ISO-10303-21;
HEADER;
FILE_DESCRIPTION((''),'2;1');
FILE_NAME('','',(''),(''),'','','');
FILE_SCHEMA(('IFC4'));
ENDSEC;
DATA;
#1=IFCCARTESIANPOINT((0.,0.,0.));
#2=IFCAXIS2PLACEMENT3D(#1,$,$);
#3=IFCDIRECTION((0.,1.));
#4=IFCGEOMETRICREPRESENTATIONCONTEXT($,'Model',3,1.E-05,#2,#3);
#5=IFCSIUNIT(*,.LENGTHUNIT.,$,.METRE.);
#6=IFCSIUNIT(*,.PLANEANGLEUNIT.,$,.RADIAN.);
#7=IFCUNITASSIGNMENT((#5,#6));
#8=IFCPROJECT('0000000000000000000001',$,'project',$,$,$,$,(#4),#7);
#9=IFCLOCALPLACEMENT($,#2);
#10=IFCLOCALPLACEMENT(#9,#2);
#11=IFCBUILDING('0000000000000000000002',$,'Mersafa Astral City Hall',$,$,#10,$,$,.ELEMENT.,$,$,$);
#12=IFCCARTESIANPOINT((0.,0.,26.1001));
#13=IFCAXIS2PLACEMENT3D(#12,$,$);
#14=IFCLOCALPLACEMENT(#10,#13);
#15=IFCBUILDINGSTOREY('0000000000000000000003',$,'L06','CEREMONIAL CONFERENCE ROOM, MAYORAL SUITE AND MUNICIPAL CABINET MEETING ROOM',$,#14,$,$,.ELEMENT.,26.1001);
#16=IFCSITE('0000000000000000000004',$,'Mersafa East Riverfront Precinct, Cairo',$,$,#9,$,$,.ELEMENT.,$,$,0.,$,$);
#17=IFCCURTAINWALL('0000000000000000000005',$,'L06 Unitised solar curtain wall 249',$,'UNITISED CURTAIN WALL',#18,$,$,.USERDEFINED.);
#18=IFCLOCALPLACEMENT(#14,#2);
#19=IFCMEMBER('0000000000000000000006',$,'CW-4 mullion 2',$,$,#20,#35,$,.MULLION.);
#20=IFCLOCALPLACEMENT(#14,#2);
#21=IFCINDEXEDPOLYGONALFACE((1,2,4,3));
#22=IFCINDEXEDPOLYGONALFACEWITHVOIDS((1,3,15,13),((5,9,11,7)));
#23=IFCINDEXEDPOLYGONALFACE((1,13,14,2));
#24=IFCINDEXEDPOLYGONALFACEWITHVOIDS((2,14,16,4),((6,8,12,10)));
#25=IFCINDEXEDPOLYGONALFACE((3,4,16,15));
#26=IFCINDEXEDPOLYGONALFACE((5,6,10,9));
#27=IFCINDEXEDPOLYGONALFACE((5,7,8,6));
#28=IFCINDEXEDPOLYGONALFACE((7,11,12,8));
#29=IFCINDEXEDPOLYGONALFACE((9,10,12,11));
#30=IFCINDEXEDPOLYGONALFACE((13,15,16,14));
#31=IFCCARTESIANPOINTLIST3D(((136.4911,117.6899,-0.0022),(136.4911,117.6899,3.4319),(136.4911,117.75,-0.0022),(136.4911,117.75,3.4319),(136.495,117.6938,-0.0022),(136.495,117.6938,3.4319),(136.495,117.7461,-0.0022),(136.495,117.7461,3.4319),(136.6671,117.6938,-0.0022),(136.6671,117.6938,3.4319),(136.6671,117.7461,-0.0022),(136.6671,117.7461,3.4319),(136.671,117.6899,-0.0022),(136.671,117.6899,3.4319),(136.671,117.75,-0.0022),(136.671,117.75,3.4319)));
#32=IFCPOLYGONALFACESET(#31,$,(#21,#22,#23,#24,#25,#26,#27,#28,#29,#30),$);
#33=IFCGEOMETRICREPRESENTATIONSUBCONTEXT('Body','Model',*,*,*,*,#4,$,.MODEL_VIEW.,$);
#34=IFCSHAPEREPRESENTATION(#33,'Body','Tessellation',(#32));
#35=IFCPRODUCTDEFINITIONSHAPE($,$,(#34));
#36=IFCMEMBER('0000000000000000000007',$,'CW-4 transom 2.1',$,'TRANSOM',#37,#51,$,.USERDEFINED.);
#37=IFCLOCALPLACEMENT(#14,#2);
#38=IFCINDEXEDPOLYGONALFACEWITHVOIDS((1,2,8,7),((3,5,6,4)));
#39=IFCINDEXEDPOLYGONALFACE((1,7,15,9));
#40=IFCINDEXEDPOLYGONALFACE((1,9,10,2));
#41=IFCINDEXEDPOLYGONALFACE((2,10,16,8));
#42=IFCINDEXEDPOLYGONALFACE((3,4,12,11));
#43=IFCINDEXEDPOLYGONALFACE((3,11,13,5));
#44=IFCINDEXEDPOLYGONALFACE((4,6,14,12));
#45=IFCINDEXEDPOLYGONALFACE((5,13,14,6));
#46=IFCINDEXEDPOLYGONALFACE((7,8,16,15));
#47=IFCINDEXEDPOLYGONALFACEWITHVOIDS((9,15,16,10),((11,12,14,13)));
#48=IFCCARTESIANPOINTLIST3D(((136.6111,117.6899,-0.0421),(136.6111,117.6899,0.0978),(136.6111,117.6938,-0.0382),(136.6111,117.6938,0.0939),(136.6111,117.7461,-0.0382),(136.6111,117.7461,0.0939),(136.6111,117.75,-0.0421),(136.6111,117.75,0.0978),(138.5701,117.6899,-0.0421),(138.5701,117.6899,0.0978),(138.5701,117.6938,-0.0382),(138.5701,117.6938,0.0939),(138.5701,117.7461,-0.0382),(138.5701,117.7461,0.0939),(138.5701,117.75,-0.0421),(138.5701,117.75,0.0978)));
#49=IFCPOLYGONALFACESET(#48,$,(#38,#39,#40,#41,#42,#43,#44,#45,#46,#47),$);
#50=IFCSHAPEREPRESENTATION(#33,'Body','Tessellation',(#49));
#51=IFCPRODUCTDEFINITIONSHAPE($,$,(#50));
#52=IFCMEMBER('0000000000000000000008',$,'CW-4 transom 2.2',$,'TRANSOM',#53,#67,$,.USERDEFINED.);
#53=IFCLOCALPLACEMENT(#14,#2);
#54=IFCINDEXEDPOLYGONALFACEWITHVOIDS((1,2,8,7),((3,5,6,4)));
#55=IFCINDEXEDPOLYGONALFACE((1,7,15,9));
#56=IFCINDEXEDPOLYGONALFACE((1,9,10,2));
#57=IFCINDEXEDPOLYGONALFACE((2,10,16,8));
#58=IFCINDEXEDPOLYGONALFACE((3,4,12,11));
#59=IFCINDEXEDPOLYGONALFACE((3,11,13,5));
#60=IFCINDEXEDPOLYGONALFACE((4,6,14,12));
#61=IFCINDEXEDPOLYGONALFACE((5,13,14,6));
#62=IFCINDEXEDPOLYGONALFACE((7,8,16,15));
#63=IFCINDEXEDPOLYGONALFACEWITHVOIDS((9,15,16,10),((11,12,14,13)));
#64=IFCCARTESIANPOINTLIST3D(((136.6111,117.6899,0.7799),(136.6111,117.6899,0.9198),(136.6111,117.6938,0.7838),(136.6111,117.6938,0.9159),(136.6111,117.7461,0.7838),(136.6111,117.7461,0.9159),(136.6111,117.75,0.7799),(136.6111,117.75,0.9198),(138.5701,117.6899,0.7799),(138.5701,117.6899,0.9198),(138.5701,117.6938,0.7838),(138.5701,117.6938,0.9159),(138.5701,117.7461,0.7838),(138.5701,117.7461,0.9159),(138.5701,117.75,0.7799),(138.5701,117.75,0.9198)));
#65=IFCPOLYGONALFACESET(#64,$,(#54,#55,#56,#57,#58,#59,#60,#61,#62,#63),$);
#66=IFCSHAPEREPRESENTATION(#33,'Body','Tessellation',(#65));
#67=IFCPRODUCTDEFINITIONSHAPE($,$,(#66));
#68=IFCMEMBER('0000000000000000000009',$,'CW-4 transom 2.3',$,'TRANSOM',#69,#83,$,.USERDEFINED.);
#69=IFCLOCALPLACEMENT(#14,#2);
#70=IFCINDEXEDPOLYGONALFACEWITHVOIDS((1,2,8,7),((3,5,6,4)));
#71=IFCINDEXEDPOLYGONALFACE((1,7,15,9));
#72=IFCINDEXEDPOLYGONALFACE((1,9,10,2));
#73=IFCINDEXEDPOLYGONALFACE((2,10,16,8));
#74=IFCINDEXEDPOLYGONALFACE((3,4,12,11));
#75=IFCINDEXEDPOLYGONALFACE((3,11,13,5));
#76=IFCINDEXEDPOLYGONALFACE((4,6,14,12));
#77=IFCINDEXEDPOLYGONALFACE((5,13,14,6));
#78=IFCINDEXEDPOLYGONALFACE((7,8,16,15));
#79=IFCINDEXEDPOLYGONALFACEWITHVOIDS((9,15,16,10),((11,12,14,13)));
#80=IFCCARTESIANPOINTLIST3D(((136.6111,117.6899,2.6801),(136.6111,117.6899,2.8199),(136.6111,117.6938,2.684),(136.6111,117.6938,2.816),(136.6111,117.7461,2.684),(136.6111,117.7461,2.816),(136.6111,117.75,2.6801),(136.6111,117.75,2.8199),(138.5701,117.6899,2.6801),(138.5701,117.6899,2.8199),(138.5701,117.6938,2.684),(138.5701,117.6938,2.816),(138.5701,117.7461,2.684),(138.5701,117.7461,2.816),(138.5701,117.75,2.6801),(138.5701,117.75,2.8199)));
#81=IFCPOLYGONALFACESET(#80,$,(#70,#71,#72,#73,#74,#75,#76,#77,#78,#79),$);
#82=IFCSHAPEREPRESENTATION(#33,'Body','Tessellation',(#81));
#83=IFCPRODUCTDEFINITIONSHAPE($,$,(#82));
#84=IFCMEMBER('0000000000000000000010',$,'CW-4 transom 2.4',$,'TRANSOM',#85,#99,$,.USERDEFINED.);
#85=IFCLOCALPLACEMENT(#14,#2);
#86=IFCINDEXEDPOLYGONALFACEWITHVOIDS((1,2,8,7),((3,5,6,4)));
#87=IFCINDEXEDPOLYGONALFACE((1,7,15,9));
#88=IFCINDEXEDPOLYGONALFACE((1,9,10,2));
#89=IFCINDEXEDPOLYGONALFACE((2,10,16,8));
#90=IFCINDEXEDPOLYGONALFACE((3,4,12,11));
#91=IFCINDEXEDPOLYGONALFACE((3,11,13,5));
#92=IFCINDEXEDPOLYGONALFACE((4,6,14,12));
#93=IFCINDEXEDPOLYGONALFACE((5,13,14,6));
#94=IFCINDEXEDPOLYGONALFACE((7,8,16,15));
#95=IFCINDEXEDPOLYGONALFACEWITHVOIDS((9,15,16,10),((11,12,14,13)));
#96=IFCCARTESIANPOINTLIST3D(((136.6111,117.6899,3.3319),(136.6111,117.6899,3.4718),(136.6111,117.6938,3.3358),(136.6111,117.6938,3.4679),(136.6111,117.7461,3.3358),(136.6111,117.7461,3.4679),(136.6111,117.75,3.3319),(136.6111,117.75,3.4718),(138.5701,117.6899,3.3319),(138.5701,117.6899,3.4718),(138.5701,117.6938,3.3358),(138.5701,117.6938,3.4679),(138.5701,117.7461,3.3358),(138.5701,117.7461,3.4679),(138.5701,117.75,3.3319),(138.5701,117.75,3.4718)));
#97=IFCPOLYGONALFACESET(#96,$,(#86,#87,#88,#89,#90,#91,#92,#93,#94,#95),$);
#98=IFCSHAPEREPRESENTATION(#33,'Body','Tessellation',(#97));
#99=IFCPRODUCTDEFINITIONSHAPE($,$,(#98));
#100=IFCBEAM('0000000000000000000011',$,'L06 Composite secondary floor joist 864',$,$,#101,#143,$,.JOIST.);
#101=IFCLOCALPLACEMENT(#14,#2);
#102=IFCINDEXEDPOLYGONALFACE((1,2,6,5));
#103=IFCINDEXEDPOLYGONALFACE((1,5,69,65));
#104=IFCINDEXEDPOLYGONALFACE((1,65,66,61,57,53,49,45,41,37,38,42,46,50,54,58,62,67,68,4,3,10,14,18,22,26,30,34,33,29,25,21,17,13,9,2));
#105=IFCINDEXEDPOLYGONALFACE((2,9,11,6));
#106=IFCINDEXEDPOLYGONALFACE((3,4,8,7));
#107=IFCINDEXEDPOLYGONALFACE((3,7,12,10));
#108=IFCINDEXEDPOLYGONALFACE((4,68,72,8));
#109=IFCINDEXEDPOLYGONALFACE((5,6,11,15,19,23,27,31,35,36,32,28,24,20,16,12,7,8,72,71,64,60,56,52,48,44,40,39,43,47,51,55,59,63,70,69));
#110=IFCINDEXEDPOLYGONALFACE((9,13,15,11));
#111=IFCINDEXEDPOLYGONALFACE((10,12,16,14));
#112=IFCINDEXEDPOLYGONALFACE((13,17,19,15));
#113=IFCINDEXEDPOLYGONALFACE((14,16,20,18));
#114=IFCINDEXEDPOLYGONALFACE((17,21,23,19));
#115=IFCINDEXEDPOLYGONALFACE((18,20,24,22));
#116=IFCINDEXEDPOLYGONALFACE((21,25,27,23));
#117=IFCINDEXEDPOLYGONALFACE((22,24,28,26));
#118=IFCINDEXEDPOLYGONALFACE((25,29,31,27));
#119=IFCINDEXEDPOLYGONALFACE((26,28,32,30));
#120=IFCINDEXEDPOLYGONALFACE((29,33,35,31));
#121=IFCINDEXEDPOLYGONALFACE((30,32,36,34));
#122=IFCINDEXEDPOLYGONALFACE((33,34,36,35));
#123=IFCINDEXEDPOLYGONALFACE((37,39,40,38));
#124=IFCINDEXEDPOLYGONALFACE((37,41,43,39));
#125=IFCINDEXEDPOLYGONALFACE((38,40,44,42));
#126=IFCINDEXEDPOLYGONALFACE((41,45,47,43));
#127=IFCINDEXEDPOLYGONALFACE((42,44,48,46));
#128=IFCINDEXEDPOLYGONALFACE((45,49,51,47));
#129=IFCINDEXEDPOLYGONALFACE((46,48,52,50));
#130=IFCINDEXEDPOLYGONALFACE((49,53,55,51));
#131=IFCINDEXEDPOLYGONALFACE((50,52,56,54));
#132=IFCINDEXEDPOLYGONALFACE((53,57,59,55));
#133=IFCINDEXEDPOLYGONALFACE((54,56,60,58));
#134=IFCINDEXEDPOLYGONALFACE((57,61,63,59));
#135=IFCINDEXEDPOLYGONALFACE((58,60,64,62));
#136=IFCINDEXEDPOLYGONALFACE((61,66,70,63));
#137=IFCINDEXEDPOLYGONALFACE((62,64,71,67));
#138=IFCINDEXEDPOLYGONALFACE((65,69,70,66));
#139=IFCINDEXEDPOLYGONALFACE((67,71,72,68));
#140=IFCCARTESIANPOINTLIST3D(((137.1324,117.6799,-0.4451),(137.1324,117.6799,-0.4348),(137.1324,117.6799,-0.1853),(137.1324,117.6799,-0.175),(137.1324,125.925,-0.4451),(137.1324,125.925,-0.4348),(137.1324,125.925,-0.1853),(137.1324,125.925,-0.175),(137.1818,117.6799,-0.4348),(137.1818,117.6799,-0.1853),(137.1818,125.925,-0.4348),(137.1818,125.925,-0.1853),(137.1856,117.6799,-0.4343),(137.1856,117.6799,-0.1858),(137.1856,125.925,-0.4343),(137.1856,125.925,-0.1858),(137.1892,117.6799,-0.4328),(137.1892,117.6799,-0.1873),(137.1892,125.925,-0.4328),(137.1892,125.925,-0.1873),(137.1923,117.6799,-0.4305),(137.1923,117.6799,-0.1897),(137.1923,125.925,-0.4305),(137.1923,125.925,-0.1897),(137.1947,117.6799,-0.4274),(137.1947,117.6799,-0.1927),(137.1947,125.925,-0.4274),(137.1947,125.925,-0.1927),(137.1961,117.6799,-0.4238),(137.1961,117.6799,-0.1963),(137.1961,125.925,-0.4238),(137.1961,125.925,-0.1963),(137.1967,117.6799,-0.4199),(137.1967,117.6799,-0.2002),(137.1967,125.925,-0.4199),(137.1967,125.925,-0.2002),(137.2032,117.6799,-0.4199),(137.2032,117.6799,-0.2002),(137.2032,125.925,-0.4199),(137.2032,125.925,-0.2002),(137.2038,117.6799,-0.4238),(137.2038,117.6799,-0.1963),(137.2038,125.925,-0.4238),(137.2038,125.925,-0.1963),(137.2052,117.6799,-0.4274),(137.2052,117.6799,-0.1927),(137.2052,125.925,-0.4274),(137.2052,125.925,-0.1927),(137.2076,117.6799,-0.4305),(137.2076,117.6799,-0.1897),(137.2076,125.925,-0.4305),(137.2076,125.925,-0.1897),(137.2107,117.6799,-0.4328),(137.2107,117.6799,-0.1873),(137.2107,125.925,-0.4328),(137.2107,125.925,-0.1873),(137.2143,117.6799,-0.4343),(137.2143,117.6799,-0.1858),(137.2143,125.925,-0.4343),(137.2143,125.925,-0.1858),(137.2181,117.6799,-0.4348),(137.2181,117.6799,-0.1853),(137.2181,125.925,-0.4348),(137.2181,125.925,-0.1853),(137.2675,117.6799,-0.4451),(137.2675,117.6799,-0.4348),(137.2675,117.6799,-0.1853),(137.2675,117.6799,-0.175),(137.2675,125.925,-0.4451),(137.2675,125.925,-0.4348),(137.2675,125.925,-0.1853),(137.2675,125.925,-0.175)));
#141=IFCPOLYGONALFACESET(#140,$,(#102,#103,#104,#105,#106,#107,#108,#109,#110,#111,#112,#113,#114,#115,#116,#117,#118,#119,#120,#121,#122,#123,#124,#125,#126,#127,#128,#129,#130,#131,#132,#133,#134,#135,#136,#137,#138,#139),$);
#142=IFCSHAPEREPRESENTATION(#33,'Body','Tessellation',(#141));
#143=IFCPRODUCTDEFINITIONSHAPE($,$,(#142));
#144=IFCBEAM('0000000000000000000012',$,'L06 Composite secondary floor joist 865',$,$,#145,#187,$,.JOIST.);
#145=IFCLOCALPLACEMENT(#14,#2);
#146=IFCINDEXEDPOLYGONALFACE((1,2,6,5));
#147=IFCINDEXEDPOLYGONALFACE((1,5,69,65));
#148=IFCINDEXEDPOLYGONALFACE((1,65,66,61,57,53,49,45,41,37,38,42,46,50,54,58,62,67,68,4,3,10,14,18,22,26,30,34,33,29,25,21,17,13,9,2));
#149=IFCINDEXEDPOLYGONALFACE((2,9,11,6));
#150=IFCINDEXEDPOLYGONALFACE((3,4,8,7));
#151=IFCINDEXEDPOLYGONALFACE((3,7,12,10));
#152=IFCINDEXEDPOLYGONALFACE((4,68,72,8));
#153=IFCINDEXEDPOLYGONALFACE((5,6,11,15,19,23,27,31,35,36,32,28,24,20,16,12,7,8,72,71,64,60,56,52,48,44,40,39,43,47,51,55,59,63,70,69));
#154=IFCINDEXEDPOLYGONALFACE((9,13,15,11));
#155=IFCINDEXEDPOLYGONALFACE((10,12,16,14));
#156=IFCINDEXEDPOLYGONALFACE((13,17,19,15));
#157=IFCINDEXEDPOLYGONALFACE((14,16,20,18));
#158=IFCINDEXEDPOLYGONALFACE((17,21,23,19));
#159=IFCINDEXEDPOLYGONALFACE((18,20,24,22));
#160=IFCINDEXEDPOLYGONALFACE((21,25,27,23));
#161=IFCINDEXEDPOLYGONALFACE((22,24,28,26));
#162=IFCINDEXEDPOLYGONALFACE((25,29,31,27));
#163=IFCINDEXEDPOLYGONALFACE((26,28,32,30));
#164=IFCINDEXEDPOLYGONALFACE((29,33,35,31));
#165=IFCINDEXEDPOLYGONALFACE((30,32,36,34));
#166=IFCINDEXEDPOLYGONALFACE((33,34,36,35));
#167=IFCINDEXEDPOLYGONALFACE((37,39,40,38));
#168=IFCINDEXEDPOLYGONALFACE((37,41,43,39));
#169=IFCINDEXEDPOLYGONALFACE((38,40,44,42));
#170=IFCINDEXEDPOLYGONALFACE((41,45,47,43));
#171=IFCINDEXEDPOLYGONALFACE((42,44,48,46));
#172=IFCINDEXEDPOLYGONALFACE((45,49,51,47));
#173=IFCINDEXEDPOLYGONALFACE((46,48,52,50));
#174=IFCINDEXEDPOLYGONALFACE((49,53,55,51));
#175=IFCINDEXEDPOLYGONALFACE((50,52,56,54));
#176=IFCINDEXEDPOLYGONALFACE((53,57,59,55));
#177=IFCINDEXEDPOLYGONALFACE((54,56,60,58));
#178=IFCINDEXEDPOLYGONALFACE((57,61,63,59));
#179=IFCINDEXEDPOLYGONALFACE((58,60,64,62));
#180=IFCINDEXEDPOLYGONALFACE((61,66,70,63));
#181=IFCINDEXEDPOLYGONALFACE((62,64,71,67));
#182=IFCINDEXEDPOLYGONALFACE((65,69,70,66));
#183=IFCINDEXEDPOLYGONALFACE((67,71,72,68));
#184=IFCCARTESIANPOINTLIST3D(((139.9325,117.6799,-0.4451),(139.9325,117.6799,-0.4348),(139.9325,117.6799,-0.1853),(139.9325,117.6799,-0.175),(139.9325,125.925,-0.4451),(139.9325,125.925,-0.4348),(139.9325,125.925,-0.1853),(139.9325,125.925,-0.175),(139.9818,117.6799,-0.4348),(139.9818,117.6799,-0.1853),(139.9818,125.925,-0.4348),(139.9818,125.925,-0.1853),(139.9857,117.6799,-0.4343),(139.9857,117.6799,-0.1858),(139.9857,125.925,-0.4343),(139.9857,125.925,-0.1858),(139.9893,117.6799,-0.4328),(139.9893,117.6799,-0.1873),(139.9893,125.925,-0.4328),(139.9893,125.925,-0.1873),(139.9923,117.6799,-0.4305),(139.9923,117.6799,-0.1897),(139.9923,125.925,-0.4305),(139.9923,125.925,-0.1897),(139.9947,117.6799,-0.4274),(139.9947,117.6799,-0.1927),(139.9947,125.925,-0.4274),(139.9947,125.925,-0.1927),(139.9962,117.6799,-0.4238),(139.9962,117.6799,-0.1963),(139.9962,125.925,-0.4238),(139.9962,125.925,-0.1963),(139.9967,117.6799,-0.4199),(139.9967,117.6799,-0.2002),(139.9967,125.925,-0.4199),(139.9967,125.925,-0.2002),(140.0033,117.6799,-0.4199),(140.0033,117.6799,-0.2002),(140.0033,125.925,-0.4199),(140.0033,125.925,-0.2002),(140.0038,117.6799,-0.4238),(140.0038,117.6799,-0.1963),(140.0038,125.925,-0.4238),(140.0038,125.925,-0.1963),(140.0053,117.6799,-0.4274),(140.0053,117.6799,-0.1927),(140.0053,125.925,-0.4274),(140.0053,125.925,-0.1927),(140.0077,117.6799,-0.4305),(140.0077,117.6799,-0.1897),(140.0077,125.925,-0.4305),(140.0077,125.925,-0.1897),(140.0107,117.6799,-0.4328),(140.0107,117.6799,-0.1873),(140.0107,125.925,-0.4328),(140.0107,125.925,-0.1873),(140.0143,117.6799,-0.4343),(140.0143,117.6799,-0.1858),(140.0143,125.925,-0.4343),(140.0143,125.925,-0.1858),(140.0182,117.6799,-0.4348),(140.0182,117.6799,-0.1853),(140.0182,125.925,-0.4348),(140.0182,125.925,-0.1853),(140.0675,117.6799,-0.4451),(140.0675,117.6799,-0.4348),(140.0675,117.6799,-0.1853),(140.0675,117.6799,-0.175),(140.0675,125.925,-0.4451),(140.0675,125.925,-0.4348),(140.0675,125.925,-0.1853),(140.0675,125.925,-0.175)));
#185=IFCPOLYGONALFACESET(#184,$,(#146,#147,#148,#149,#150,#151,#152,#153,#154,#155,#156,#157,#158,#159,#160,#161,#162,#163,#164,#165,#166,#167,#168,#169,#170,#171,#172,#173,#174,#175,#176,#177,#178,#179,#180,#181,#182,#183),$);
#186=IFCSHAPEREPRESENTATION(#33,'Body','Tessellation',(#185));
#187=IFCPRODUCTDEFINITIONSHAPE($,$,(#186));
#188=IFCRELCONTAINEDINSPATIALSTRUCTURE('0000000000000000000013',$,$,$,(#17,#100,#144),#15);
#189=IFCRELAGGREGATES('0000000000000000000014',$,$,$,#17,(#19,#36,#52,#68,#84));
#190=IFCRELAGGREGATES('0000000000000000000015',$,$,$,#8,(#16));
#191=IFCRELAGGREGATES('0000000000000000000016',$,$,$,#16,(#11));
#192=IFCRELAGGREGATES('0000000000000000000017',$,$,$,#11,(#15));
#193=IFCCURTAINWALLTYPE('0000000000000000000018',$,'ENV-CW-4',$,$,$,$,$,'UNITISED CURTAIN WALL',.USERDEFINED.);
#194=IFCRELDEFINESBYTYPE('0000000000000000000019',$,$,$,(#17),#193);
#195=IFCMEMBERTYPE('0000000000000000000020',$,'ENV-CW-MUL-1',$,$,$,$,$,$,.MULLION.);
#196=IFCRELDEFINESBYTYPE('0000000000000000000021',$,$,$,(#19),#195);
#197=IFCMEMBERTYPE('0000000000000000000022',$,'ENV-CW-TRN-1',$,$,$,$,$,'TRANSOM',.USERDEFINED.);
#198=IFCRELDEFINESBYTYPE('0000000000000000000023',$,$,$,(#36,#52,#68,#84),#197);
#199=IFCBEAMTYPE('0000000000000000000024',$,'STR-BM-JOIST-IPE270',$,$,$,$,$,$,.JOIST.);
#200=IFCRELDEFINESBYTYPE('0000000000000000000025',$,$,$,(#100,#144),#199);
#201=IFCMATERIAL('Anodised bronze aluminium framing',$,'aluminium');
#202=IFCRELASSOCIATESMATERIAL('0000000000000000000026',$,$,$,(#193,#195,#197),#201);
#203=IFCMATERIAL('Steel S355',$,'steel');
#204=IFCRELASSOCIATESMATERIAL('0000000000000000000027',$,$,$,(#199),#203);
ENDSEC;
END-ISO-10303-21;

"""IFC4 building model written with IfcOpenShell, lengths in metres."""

from ifc_helpers import new_model, si_unit, direction, frame, origin, origin_2d, place, context, subcontext, project, spatial, hollow_rectangle, i_section, extrude, material, material_profile, profile_set, type_object, element, aggregate, save


model = new_model("IFC4")

# Units and contexts
model_context = context("Model", 3, precision=1e-05, world=origin(), true_north=direction((0.0, 1.0)))
body_context = subcontext(model_context, "Body", "Model", "MODEL_VIEW")
ifc_project = project(units=[si_unit("LENGTHUNIT", "METRE"), si_unit("PLANEANGLEUNIT", "RADIAN")], contexts=[model_context])

# Site, building, storey
site_placement = place(None, origin())
site = spatial("IfcSite", under=ifc_project, at=site_placement, Name="Mersafa East Riverfront Precinct, Cairo", CompositionType="ELEMENT", RefElevation=0.0)
building_placement = place(site_placement, origin())
building = spatial("IfcBuilding", under=site, at=building_placement, Name="Mersafa Astral City Hall", CompositionType="ELEMENT")
storey_placement = place(building_placement, frame((0.0, 0.0, 26.1001)))
storey = spatial("IfcBuildingStorey", under=building, at=storey_placement, Name="L06", Description="CEREMONIAL CONFERENCE ROOM, MAYORAL SUITE AND MUNICIPAL CABINET MEETING ROOM", CompositionType="ELEMENT", Elevation=26.1001)

# Curtain wall, members
ifc_material_1 = material(Name="Anodised bronze aluminium framing", Category="aluminium")
curtain_wall_type = type_object("IfcCurtainWallType", Name="ENV-CW-4", ElementType="UNITISED CURTAIN WALL", PredefinedType="USERDEFINED", material=ifc_material_1)
curtain_wall_placement = place(storey_placement, origin())
curtain_wall = element("IfcCurtainWall", 1, at=curtain_wall_placement, inside=storey, type_object=curtain_wall_type, Name="L06 Unitised solar curtain wall 249", ObjectType="UNITISED CURTAIN WALL", PredefinedType="USERDEFINED")
ifc_material_profile_1 = material_profile(ifc_material_1, hollow_rectangle(XDim=0.0601, YDim=0.1799, WallThickness=0.0039, at=origin_2d()), Name="RHS 60x180x4")
ifc_profile_set_1 = profile_set([ifc_material_profile_1], Name="Anodised bronze aluminium framing")
member_type_1 = type_object("IfcMemberType", Name="ENV-CW-MUL-1", PredefinedType="MULLION", material=ifc_profile_set_1)
member_1_placement = place(storey_placement, frame((136.5811, 117.72, -0.0022), z_axis=(0.0, 0.0, 1.0), x_axis=(0.0, 1.0, 0.0)))
member_1 = element("IfcMember", 2, at=member_1_placement, type_object=member_type_1, Name="CW-4 mullion 2", PredefinedType="MULLION", context=body_context, shape_type="SweptSolid", body=[
    extrude(hollow_rectangle(XDim=0.0601, YDim=0.1799, WallThickness=0.0039, at=origin_2d()), origin(), (0.0, 0.0, 1.0), 3.4341),
])
ifc_material_profile_2 = material_profile(ifc_material_1, hollow_rectangle(XDim=0.0601, YDim=0.1399, WallThickness=0.0039, at=origin_2d()), Name="RHS 60x140x4")
ifc_profile_set_2 = profile_set([ifc_material_profile_2], Name="Anodised bronze aluminium framing")
member_type_2 = type_object("IfcMemberType", Name="ENV-CW-TRN-1", ElementType="TRANSOM", PredefinedType="USERDEFINED", material=ifc_profile_set_2)
member_2_placement = place(storey_placement, frame((136.6111, 117.72, 0.0278), z_axis=(1.0, 0.0, 0.0), x_axis=(0.0, 1.0, 0.0)))
member_2 = element("IfcMember", 3, at=member_2_placement, type_object=member_type_2, Name="CW-4 transom 2.1", ObjectType="TRANSOM", PredefinedType="USERDEFINED", context=body_context, shape_type="SweptSolid", body=[
    extrude(hollow_rectangle(XDim=0.0601, YDim=0.1399, WallThickness=0.0039, at=origin_2d()), origin(), (0.0, 0.0, 1.0), 1.959),
])
member_3_placement = place(storey_placement, frame((136.6111, 117.72, 0.8499), z_axis=(1.0, 0.0, 0.0), x_axis=(0.0, 1.0, 0.0)))
member_3 = element("IfcMember", 4, at=member_3_placement, type_object=member_type_2, Name="CW-4 transom 2.2", ObjectType="TRANSOM", PredefinedType="USERDEFINED", context=body_context, shape_type="SweptSolid", body=[
    extrude(hollow_rectangle(XDim=0.0601, YDim=0.1399, WallThickness=0.0039, at=origin_2d()), origin(), (0.0, 0.0, 1.0), 1.959),
])
member_4_placement = place(storey_placement, frame((136.6111, 117.72, 2.75), z_axis=(1.0, 0.0, 0.0), x_axis=(0.0, 1.0, 0.0)))
member_4 = element("IfcMember", 5, at=member_4_placement, type_object=member_type_2, Name="CW-4 transom 2.3", ObjectType="TRANSOM", PredefinedType="USERDEFINED", context=body_context, shape_type="SweptSolid", body=[
    extrude(hollow_rectangle(XDim=0.0601, YDim=0.1399, WallThickness=0.0039, at=origin_2d()), origin(), (0.0, 0.0, 1.0), 1.959),
])
member_5_placement = place(storey_placement, frame((136.6111, 117.72, 3.4019), z_axis=(1.0, 0.0, 0.0), x_axis=(0.0, 1.0, 0.0)))
member_5 = element("IfcMember", 6, at=member_5_placement, type_object=member_type_2, Name="CW-4 transom 2.4", ObjectType="TRANSOM", PredefinedType="USERDEFINED", context=body_context, shape_type="SweptSolid", body=[
    extrude(hollow_rectangle(XDim=0.0601, YDim=0.1399, WallThickness=0.0039, at=origin_2d()), origin(), (0.0, 0.0, 1.0), 1.959),
])

# Beams
ifc_material_2 = material(Name="Steel S355", Category="steel")
ifc_material_profile_3 = material_profile(ifc_material_2, i_section(OverallWidth=0.135, OverallDepth=0.27, WebThickness=0.0066, FlangeThickness=0.0103, FilletRadius=0.0149, at=origin_2d()), Name="IPE 270")
ifc_profile_set_3 = profile_set([ifc_material_profile_3], Name="Steel S355")
beam_type = type_object("IfcBeamType", Name="STR-BM-JOIST-IPE270", PredefinedType="JOIST", material=ifc_profile_set_3)
for number, where, z_axis, x_axis, name in (
    (7, (137.2, 117.6799, -0.3101), (0.0, 1.0, 0.0), (-1.0, 0.0, 0.0), "L06 Composite secondary floor joist 864"),
    (8, (140.0, 117.6799, -0.3101), (0.0, 1.0, 0.0), (-1.0, 0.0, 0.0), "L06 Composite secondary floor joist 865"),
):
    element("IfcBeam", number, at=place(storey_placement, frame(where, z_axis=z_axis, x_axis=x_axis)), inside=storey, type_object=beam_type, Name=name, PredefinedType="JOIST", context=body_context, shape_type="SweptSolid", body=[
        extrude(i_section(OverallWidth=0.135, OverallDepth=0.27, WebThickness=0.0066, FlangeThickness=0.0103, FilletRadius=0.0149, at=origin_2d()), origin(), (0.0, 0.0, 1.0), 8.2451),
    ])

aggregate(curtain_wall, [member_1, member_2, member_3, member_4, member_5])

save(model, "model.ifc")
